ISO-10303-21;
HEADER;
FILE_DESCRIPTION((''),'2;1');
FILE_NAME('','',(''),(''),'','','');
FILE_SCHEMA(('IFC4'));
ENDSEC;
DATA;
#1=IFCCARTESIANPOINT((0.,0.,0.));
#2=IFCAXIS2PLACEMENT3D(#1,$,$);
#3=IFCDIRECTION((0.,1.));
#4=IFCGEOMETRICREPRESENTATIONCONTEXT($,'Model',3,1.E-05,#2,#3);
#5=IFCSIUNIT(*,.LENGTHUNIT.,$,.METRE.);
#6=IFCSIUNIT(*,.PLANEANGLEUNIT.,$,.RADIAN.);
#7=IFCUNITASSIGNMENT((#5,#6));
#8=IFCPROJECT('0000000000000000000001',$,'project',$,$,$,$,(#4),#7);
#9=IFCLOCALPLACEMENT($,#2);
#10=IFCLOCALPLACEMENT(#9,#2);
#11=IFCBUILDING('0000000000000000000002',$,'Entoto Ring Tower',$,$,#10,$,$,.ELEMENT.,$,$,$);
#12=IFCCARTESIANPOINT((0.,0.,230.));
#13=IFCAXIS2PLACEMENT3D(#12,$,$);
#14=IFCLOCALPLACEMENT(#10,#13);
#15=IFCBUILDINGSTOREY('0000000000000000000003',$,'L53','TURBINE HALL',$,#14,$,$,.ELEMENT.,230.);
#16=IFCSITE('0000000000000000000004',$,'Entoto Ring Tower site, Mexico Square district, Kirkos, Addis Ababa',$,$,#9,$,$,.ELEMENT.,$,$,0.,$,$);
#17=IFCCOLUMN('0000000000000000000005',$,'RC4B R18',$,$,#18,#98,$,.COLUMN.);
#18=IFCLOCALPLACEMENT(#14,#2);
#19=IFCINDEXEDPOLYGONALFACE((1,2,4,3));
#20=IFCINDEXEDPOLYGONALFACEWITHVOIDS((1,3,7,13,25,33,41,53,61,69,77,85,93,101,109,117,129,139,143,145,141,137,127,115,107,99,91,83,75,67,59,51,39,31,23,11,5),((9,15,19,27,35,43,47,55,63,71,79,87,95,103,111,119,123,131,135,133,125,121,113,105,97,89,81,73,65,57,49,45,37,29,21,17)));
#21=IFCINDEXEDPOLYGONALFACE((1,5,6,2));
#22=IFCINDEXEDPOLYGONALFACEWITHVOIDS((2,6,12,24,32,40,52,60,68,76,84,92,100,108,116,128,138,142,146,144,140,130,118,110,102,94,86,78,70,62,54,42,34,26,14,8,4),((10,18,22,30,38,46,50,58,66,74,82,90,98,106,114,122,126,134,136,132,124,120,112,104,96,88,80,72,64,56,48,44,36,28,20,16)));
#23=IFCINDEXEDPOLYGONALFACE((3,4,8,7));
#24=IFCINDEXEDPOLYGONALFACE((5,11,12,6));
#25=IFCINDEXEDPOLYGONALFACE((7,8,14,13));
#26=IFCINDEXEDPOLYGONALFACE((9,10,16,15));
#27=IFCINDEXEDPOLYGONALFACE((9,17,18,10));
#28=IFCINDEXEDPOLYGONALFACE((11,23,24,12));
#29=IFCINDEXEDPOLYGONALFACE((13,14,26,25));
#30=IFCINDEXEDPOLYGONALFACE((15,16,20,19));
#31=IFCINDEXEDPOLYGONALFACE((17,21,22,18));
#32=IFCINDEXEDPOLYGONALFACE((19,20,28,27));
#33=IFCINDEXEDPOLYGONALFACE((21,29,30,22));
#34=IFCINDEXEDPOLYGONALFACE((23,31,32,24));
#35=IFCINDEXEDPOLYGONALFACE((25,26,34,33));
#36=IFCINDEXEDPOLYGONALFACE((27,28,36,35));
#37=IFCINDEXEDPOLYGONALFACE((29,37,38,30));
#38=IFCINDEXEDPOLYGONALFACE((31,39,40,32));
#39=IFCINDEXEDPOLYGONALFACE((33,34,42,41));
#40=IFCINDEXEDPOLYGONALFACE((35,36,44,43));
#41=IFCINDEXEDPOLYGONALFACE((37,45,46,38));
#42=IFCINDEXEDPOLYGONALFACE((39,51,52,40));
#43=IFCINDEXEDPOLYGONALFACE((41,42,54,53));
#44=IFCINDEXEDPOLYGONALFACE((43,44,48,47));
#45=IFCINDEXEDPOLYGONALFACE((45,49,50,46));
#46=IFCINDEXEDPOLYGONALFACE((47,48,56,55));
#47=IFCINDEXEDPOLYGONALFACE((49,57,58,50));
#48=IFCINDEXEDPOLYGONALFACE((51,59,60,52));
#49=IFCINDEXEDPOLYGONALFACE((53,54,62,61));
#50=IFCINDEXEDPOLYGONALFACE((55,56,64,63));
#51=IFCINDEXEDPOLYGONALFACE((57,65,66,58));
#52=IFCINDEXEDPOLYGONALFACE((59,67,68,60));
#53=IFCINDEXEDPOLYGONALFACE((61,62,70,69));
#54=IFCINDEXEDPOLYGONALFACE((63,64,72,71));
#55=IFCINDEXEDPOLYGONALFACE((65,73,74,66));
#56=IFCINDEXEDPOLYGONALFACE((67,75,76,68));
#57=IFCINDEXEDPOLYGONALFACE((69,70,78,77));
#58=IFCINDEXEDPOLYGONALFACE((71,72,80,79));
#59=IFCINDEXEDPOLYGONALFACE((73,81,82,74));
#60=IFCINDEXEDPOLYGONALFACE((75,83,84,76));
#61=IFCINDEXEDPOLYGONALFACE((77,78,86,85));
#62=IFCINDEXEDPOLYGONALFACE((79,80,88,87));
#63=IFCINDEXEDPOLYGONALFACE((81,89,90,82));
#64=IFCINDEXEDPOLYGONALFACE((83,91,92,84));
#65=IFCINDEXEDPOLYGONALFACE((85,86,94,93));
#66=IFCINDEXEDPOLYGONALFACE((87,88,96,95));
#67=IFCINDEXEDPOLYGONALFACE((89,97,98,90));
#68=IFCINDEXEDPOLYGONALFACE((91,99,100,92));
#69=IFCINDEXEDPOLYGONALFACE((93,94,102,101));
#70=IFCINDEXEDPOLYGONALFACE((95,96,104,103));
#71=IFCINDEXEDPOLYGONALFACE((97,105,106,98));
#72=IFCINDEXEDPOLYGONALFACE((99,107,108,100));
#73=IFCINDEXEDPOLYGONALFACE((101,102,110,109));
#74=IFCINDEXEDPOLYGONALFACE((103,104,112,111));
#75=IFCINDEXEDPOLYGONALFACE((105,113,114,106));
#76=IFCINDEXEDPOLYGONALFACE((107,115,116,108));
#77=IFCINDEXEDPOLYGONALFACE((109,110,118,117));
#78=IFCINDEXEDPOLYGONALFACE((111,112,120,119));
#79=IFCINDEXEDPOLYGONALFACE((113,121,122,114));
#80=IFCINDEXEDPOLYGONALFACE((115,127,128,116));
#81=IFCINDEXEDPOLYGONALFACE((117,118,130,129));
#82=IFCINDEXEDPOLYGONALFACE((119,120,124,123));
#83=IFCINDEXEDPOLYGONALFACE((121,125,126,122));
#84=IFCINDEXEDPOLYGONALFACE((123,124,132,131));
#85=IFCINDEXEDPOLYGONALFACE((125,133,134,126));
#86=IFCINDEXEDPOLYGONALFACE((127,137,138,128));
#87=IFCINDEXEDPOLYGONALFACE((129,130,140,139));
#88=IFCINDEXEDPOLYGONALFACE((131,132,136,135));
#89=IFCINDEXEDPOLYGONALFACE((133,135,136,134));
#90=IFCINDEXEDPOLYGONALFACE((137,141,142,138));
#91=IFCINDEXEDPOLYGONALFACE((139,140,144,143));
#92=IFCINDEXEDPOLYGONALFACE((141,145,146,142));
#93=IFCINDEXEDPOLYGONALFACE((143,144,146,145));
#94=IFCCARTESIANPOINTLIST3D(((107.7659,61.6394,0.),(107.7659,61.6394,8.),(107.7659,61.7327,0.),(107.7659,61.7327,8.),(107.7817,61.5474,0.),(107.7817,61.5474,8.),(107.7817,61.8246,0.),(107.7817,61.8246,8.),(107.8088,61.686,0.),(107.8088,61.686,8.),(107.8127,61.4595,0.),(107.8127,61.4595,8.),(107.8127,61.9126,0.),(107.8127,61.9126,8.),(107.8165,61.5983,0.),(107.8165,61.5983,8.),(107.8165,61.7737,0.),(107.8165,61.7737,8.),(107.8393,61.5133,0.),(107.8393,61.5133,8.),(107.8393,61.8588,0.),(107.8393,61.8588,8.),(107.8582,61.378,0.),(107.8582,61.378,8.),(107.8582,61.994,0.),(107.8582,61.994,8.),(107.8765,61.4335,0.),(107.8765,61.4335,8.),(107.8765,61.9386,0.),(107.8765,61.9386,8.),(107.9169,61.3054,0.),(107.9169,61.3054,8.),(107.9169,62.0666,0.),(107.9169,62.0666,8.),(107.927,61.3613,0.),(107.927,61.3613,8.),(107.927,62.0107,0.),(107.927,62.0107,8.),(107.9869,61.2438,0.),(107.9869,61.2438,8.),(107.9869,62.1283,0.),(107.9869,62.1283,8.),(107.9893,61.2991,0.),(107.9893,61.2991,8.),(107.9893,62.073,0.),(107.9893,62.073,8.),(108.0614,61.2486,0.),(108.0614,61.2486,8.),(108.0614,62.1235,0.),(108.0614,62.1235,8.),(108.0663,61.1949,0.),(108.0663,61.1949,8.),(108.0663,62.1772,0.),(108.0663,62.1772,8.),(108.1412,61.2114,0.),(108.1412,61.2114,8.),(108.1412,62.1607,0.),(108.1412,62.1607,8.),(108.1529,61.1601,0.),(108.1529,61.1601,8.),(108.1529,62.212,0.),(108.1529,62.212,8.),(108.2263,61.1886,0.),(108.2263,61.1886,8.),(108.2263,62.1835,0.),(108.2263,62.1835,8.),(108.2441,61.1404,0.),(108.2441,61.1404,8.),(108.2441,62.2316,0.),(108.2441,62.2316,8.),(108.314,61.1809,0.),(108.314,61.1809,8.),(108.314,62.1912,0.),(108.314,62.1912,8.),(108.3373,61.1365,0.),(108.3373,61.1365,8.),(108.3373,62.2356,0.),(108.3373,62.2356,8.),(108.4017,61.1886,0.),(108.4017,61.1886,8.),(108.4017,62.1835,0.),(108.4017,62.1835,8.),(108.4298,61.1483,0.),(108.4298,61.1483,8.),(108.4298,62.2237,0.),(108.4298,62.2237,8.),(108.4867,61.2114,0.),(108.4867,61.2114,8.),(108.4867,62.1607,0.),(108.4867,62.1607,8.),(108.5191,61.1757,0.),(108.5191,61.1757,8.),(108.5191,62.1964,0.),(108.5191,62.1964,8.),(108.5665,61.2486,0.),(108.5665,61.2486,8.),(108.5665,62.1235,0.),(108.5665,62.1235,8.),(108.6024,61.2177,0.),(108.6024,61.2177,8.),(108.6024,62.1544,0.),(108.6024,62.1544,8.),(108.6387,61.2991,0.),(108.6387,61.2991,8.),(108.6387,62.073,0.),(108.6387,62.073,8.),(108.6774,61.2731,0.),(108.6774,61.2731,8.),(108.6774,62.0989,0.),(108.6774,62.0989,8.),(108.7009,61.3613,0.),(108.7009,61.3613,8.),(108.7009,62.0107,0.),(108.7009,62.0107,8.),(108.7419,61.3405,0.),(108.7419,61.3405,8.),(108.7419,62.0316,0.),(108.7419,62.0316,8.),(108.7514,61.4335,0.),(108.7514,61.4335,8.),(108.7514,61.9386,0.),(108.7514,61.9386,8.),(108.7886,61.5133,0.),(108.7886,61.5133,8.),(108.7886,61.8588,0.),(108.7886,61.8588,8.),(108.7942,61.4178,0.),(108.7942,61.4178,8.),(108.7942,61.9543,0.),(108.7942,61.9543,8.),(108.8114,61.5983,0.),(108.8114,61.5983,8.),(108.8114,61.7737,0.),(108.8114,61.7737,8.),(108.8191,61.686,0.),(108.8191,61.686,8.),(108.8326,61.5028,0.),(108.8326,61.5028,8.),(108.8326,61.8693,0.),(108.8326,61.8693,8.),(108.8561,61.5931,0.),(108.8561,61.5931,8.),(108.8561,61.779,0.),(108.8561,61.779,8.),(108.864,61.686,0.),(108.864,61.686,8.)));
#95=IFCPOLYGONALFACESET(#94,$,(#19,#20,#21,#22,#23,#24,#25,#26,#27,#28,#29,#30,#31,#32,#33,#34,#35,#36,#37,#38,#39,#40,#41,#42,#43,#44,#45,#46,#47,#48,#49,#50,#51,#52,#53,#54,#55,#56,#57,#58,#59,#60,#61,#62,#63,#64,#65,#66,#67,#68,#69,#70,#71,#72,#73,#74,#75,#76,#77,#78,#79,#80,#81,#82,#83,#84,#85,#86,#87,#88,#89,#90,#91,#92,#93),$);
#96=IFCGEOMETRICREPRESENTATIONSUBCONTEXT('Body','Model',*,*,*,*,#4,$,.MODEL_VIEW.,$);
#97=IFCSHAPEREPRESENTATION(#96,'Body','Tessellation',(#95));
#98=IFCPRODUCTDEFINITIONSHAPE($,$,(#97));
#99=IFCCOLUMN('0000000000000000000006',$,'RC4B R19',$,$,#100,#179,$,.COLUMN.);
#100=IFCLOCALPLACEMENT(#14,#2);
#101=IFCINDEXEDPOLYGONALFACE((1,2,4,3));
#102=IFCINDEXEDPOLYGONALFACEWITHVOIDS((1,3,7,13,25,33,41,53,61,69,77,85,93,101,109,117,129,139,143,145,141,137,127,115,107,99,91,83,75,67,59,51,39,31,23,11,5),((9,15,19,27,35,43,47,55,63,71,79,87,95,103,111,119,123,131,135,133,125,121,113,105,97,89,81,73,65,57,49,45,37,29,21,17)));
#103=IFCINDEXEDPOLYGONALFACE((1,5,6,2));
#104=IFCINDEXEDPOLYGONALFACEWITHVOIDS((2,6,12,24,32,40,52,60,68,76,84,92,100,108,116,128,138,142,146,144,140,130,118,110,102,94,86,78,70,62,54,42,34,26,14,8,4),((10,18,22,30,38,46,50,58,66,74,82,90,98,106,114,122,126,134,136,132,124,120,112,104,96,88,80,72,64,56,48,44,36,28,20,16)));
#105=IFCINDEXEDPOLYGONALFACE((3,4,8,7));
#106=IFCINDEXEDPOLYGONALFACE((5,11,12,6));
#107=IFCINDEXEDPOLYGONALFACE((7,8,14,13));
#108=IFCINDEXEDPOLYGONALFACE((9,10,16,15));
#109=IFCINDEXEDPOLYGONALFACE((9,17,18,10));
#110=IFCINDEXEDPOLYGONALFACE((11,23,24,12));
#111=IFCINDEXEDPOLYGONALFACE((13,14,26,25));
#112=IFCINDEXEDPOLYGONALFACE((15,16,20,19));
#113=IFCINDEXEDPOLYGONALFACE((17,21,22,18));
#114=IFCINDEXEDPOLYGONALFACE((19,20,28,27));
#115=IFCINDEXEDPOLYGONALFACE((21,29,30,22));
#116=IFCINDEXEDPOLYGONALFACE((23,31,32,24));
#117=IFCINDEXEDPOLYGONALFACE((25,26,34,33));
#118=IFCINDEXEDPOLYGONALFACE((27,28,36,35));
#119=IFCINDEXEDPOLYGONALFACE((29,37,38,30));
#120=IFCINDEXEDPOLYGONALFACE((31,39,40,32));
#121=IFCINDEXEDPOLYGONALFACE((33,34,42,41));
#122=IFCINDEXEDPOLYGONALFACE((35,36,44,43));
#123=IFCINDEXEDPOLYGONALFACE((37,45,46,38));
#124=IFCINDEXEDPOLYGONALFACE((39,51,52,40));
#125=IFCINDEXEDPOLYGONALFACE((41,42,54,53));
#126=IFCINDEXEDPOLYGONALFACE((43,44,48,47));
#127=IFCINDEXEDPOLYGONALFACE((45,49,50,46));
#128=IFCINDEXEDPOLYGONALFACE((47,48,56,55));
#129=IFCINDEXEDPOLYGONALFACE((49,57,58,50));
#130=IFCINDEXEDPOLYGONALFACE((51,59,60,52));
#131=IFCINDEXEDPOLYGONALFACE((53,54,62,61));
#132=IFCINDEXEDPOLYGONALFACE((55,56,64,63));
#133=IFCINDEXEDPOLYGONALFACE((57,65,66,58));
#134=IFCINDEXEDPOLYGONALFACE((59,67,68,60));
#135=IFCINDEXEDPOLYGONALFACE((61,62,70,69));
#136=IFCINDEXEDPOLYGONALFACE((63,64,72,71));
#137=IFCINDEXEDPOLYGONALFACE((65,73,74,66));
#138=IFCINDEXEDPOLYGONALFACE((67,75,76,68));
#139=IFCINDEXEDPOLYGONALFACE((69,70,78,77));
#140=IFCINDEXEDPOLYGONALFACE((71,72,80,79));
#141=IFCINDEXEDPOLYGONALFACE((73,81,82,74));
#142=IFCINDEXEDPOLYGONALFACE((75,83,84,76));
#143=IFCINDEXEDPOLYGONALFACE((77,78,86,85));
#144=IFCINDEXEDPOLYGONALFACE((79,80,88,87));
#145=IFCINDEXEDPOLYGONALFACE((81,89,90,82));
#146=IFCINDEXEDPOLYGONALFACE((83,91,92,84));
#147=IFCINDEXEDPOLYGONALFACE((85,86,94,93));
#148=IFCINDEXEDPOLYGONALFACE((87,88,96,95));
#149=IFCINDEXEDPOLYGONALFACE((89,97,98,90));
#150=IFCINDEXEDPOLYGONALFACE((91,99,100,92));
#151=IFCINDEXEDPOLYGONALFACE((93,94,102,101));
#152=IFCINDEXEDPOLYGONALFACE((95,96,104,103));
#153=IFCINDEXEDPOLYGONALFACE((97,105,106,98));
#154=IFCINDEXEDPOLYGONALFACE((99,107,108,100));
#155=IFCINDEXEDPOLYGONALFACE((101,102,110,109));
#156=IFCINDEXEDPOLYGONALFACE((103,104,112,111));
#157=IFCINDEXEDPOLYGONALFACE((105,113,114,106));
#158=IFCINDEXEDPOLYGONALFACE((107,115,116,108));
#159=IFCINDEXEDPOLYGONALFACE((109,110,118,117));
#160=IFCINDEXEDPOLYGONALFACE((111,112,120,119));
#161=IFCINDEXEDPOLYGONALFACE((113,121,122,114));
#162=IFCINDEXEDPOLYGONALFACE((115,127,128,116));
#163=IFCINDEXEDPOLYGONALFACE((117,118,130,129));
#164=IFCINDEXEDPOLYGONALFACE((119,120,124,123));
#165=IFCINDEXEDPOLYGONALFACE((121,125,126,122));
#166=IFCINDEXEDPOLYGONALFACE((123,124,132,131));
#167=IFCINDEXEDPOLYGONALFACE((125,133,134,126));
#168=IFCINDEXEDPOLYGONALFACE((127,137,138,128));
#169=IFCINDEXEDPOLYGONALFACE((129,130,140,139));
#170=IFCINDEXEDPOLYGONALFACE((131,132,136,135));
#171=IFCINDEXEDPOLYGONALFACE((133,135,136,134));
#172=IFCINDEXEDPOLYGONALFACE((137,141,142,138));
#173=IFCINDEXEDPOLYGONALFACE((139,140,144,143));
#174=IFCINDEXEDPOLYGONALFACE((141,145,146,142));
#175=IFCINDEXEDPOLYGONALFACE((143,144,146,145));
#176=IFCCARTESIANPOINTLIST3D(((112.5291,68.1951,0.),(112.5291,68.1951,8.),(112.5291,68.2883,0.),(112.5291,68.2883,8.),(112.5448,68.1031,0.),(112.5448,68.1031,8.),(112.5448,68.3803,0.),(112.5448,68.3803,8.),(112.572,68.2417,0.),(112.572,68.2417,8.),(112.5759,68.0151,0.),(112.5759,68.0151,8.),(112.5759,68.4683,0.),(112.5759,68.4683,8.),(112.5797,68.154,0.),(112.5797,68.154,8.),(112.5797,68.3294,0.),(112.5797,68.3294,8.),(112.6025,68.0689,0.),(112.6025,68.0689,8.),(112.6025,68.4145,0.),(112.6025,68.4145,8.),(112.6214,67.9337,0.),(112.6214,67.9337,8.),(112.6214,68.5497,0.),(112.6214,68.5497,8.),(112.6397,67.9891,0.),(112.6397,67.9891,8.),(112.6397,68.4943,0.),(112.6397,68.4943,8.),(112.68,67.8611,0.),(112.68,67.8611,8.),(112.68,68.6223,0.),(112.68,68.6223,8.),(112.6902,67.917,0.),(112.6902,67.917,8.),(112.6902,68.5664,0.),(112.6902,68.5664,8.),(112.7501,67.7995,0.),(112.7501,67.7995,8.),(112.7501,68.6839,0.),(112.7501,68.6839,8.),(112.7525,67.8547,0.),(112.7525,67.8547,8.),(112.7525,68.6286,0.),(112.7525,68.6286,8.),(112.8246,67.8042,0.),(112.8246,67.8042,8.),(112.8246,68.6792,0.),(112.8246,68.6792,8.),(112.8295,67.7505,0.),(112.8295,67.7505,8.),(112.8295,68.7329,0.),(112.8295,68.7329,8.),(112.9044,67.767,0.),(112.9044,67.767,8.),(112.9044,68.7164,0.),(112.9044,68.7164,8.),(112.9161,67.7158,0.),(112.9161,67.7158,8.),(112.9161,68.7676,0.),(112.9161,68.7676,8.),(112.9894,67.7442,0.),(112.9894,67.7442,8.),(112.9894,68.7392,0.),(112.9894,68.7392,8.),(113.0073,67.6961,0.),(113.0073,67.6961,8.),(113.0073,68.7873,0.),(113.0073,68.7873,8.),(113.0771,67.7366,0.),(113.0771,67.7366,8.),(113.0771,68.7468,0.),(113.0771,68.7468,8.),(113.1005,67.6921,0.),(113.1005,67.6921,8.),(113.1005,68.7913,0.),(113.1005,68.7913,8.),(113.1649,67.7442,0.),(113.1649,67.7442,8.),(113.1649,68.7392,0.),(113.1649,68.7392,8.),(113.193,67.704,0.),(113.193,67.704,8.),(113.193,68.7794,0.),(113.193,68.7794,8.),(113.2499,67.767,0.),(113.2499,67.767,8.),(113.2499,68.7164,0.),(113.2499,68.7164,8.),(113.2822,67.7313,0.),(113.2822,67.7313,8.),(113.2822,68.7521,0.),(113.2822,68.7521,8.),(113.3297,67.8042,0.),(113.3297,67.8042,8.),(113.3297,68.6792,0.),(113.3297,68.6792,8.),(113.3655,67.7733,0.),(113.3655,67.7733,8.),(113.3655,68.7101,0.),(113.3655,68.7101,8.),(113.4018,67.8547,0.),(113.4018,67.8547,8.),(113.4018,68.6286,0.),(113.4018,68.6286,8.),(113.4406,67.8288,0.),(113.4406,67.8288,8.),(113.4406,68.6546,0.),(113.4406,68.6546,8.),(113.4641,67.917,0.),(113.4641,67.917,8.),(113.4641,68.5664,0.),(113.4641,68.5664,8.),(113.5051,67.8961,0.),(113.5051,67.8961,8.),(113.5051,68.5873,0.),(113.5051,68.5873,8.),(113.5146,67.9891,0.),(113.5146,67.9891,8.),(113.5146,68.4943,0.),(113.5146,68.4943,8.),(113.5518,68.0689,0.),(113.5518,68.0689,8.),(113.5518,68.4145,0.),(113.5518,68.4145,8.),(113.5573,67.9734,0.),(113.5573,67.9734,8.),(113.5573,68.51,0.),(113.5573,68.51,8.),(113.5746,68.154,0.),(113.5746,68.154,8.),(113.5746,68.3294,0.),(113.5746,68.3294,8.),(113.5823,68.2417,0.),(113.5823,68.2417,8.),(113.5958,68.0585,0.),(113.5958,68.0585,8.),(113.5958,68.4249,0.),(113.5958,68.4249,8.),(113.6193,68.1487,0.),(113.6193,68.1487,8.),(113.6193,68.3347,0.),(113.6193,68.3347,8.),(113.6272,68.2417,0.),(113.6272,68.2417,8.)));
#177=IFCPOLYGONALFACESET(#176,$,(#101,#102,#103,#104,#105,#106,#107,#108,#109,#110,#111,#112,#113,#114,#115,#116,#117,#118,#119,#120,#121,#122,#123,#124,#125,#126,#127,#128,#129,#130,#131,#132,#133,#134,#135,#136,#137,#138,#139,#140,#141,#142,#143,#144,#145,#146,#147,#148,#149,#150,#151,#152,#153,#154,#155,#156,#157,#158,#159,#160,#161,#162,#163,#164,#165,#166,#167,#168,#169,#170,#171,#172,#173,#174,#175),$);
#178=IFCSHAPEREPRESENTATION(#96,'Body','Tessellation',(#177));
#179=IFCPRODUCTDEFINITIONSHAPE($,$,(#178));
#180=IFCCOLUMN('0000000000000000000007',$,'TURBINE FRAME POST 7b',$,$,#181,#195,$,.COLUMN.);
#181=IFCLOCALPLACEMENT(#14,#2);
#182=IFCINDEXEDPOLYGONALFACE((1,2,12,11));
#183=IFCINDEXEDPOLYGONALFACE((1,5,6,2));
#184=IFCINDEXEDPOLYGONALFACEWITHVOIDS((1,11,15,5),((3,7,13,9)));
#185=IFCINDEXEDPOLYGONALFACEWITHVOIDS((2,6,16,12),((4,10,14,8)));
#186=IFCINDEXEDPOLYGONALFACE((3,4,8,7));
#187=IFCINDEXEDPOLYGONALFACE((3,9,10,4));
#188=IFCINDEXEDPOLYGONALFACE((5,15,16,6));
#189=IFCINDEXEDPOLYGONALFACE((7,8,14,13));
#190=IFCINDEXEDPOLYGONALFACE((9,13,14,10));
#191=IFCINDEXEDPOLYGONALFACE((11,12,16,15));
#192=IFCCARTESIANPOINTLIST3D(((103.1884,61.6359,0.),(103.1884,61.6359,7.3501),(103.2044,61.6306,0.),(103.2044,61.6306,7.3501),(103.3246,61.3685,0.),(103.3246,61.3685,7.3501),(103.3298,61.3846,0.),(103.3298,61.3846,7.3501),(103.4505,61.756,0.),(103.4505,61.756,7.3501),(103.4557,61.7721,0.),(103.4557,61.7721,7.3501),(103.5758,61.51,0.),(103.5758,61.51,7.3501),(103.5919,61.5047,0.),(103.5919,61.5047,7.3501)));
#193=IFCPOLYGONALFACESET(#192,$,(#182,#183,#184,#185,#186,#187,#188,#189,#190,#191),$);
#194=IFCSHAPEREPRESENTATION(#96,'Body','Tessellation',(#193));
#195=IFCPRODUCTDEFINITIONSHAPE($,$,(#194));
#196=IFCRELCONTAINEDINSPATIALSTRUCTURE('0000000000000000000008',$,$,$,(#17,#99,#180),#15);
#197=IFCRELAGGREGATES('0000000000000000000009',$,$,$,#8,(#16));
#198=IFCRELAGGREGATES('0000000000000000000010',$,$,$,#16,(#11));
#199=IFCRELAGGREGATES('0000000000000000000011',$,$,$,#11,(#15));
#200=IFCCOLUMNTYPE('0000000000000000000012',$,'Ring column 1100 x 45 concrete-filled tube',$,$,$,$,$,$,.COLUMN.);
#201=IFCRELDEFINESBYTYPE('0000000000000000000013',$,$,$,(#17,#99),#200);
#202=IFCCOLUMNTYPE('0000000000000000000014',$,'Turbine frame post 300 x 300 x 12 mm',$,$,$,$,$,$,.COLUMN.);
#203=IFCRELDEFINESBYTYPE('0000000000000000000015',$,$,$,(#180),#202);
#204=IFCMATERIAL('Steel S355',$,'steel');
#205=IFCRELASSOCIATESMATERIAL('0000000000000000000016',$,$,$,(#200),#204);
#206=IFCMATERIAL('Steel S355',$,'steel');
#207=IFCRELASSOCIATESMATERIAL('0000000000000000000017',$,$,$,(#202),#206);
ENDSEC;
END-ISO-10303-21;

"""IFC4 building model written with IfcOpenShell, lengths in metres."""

from ifc_helpers import new_model, si_unit, direction, frame, origin, origin_2d, place, context, subcontext, project, spatial, hollow_rectangle, circle, hollow_circle, extrude, material, material_profile, profile_set, type_object, element, save


model = new_model("IFC4")

# Units and contexts
model_context = context("Model", 3, precision=1e-05, world=origin(), true_north=direction((0.0, 1.0)))
body_context = subcontext(model_context, "Body", "Model", "MODEL_VIEW")
ifc_project = project(units=[si_unit("LENGTHUNIT", "METRE"), si_unit("PLANEANGLEUNIT", "RADIAN")], contexts=[model_context])

# Site, building, storey
site_placement = place(None, origin())
site = spatial("IfcSite", under=ifc_project, at=site_placement, Name="Entoto Ring Tower site, Mexico Square district, Kirkos, Addis Ababa", CompositionType="ELEMENT", RefElevation=0.0)
building_placement = place(site_placement, origin())
building = spatial("IfcBuilding", under=site, at=building_placement, Name="Entoto Ring Tower", CompositionType="ELEMENT")
storey_placement = place(building_placement, frame((0.0, 0.0, 230.0)))
storey = spatial("IfcBuildingStorey", under=building, at=storey_placement, Name="L53", Description="TURBINE HALL", CompositionType="ELEMENT", Elevation=230.0)

# Columns
ifc_material_1 = material(Name="Steel S355", Category="steel")
ifc_material_profile_1 = material_profile(ifc_material_1, hollow_circle(Radius=0.55, WallThickness=0.0449, at=origin_2d()), Name="CHS 1100 x 45")
ifc_material_2 = material(Name="Concrete C60/75", Category="concrete")
ifc_material_profile_2 = material_profile(ifc_material_2, circle(Radius=0.5049, at=origin_2d()), Name="Concrete C60/75 infill")
ifc_profile_set_1 = profile_set([ifc_material_profile_1, ifc_material_profile_2], Name="Steel S355")
column_type_1 = type_object("IfcColumnType", Name="Ring column 1100 x 45 concrete-filled tube", PredefinedType="COLUMN", material=ifc_profile_set_1)
for number, where, z_axis, x_axis, name in (
    (1, (108.314, 61.686, 0.0), (0.0, 0.0, 1.0), (1.0, 0.0, 0.0), "RC4B R18"),
    (2, (113.0771, 68.2417, 0.0), (0.0, 0.0, 1.0), (1.0, 0.0, 0.0), "RC4B R19"),
):
    element("IfcColumn", number, at=place(storey_placement, frame(where, z_axis=z_axis, x_axis=x_axis)), inside=storey, type_object=column_type_1, Name=name, PredefinedType="COLUMN", context=body_context, shape_type="SweptSolid", body=[
        extrude(hollow_circle(Radius=0.55, WallThickness=0.0449, at=origin_2d()), origin(), (0.0, 0.0, 1.0), 8.0),
    ])
ifc_material_3 = material(Name="Steel S355", Category="steel")
ifc_material_profile_3 = material_profile(ifc_material_3, hollow_rectangle(XDim=0.3, YDim=0.3, WallThickness=0.012, at=origin_2d()), Name="Turbine frame post 300 x 300 x 12 mm")
ifc_profile_set_2 = profile_set([ifc_material_profile_3], Name="Steel S355")
column_type_2 = type_object("IfcColumnType", Name="Turbine frame post 300 x 300 x 12 mm", PredefinedType="COLUMN", material=ifc_profile_set_2)
for number, where, z_axis, x_axis, name in (
    (3, (103.3901, 61.5703, 0.0), (0.0, 0.0, 1.0), (0.891007, 0.45399, 0.0), "TURBINE FRAME POST 7b"),
):
    element("IfcColumn", number, at=place(storey_placement, frame(where, z_axis=z_axis, x_axis=x_axis)), inside=storey, type_object=column_type_2, Name=name, PredefinedType="COLUMN", context=body_context, shape_type="SweptSolid", body=[
        extrude(hollow_rectangle(XDim=0.3, YDim=0.3, WallThickness=0.012, at=origin_2d()), origin(), (0.0, 0.0, 1.0), 7.3501),
    ])

save(model, "model.ifc")
